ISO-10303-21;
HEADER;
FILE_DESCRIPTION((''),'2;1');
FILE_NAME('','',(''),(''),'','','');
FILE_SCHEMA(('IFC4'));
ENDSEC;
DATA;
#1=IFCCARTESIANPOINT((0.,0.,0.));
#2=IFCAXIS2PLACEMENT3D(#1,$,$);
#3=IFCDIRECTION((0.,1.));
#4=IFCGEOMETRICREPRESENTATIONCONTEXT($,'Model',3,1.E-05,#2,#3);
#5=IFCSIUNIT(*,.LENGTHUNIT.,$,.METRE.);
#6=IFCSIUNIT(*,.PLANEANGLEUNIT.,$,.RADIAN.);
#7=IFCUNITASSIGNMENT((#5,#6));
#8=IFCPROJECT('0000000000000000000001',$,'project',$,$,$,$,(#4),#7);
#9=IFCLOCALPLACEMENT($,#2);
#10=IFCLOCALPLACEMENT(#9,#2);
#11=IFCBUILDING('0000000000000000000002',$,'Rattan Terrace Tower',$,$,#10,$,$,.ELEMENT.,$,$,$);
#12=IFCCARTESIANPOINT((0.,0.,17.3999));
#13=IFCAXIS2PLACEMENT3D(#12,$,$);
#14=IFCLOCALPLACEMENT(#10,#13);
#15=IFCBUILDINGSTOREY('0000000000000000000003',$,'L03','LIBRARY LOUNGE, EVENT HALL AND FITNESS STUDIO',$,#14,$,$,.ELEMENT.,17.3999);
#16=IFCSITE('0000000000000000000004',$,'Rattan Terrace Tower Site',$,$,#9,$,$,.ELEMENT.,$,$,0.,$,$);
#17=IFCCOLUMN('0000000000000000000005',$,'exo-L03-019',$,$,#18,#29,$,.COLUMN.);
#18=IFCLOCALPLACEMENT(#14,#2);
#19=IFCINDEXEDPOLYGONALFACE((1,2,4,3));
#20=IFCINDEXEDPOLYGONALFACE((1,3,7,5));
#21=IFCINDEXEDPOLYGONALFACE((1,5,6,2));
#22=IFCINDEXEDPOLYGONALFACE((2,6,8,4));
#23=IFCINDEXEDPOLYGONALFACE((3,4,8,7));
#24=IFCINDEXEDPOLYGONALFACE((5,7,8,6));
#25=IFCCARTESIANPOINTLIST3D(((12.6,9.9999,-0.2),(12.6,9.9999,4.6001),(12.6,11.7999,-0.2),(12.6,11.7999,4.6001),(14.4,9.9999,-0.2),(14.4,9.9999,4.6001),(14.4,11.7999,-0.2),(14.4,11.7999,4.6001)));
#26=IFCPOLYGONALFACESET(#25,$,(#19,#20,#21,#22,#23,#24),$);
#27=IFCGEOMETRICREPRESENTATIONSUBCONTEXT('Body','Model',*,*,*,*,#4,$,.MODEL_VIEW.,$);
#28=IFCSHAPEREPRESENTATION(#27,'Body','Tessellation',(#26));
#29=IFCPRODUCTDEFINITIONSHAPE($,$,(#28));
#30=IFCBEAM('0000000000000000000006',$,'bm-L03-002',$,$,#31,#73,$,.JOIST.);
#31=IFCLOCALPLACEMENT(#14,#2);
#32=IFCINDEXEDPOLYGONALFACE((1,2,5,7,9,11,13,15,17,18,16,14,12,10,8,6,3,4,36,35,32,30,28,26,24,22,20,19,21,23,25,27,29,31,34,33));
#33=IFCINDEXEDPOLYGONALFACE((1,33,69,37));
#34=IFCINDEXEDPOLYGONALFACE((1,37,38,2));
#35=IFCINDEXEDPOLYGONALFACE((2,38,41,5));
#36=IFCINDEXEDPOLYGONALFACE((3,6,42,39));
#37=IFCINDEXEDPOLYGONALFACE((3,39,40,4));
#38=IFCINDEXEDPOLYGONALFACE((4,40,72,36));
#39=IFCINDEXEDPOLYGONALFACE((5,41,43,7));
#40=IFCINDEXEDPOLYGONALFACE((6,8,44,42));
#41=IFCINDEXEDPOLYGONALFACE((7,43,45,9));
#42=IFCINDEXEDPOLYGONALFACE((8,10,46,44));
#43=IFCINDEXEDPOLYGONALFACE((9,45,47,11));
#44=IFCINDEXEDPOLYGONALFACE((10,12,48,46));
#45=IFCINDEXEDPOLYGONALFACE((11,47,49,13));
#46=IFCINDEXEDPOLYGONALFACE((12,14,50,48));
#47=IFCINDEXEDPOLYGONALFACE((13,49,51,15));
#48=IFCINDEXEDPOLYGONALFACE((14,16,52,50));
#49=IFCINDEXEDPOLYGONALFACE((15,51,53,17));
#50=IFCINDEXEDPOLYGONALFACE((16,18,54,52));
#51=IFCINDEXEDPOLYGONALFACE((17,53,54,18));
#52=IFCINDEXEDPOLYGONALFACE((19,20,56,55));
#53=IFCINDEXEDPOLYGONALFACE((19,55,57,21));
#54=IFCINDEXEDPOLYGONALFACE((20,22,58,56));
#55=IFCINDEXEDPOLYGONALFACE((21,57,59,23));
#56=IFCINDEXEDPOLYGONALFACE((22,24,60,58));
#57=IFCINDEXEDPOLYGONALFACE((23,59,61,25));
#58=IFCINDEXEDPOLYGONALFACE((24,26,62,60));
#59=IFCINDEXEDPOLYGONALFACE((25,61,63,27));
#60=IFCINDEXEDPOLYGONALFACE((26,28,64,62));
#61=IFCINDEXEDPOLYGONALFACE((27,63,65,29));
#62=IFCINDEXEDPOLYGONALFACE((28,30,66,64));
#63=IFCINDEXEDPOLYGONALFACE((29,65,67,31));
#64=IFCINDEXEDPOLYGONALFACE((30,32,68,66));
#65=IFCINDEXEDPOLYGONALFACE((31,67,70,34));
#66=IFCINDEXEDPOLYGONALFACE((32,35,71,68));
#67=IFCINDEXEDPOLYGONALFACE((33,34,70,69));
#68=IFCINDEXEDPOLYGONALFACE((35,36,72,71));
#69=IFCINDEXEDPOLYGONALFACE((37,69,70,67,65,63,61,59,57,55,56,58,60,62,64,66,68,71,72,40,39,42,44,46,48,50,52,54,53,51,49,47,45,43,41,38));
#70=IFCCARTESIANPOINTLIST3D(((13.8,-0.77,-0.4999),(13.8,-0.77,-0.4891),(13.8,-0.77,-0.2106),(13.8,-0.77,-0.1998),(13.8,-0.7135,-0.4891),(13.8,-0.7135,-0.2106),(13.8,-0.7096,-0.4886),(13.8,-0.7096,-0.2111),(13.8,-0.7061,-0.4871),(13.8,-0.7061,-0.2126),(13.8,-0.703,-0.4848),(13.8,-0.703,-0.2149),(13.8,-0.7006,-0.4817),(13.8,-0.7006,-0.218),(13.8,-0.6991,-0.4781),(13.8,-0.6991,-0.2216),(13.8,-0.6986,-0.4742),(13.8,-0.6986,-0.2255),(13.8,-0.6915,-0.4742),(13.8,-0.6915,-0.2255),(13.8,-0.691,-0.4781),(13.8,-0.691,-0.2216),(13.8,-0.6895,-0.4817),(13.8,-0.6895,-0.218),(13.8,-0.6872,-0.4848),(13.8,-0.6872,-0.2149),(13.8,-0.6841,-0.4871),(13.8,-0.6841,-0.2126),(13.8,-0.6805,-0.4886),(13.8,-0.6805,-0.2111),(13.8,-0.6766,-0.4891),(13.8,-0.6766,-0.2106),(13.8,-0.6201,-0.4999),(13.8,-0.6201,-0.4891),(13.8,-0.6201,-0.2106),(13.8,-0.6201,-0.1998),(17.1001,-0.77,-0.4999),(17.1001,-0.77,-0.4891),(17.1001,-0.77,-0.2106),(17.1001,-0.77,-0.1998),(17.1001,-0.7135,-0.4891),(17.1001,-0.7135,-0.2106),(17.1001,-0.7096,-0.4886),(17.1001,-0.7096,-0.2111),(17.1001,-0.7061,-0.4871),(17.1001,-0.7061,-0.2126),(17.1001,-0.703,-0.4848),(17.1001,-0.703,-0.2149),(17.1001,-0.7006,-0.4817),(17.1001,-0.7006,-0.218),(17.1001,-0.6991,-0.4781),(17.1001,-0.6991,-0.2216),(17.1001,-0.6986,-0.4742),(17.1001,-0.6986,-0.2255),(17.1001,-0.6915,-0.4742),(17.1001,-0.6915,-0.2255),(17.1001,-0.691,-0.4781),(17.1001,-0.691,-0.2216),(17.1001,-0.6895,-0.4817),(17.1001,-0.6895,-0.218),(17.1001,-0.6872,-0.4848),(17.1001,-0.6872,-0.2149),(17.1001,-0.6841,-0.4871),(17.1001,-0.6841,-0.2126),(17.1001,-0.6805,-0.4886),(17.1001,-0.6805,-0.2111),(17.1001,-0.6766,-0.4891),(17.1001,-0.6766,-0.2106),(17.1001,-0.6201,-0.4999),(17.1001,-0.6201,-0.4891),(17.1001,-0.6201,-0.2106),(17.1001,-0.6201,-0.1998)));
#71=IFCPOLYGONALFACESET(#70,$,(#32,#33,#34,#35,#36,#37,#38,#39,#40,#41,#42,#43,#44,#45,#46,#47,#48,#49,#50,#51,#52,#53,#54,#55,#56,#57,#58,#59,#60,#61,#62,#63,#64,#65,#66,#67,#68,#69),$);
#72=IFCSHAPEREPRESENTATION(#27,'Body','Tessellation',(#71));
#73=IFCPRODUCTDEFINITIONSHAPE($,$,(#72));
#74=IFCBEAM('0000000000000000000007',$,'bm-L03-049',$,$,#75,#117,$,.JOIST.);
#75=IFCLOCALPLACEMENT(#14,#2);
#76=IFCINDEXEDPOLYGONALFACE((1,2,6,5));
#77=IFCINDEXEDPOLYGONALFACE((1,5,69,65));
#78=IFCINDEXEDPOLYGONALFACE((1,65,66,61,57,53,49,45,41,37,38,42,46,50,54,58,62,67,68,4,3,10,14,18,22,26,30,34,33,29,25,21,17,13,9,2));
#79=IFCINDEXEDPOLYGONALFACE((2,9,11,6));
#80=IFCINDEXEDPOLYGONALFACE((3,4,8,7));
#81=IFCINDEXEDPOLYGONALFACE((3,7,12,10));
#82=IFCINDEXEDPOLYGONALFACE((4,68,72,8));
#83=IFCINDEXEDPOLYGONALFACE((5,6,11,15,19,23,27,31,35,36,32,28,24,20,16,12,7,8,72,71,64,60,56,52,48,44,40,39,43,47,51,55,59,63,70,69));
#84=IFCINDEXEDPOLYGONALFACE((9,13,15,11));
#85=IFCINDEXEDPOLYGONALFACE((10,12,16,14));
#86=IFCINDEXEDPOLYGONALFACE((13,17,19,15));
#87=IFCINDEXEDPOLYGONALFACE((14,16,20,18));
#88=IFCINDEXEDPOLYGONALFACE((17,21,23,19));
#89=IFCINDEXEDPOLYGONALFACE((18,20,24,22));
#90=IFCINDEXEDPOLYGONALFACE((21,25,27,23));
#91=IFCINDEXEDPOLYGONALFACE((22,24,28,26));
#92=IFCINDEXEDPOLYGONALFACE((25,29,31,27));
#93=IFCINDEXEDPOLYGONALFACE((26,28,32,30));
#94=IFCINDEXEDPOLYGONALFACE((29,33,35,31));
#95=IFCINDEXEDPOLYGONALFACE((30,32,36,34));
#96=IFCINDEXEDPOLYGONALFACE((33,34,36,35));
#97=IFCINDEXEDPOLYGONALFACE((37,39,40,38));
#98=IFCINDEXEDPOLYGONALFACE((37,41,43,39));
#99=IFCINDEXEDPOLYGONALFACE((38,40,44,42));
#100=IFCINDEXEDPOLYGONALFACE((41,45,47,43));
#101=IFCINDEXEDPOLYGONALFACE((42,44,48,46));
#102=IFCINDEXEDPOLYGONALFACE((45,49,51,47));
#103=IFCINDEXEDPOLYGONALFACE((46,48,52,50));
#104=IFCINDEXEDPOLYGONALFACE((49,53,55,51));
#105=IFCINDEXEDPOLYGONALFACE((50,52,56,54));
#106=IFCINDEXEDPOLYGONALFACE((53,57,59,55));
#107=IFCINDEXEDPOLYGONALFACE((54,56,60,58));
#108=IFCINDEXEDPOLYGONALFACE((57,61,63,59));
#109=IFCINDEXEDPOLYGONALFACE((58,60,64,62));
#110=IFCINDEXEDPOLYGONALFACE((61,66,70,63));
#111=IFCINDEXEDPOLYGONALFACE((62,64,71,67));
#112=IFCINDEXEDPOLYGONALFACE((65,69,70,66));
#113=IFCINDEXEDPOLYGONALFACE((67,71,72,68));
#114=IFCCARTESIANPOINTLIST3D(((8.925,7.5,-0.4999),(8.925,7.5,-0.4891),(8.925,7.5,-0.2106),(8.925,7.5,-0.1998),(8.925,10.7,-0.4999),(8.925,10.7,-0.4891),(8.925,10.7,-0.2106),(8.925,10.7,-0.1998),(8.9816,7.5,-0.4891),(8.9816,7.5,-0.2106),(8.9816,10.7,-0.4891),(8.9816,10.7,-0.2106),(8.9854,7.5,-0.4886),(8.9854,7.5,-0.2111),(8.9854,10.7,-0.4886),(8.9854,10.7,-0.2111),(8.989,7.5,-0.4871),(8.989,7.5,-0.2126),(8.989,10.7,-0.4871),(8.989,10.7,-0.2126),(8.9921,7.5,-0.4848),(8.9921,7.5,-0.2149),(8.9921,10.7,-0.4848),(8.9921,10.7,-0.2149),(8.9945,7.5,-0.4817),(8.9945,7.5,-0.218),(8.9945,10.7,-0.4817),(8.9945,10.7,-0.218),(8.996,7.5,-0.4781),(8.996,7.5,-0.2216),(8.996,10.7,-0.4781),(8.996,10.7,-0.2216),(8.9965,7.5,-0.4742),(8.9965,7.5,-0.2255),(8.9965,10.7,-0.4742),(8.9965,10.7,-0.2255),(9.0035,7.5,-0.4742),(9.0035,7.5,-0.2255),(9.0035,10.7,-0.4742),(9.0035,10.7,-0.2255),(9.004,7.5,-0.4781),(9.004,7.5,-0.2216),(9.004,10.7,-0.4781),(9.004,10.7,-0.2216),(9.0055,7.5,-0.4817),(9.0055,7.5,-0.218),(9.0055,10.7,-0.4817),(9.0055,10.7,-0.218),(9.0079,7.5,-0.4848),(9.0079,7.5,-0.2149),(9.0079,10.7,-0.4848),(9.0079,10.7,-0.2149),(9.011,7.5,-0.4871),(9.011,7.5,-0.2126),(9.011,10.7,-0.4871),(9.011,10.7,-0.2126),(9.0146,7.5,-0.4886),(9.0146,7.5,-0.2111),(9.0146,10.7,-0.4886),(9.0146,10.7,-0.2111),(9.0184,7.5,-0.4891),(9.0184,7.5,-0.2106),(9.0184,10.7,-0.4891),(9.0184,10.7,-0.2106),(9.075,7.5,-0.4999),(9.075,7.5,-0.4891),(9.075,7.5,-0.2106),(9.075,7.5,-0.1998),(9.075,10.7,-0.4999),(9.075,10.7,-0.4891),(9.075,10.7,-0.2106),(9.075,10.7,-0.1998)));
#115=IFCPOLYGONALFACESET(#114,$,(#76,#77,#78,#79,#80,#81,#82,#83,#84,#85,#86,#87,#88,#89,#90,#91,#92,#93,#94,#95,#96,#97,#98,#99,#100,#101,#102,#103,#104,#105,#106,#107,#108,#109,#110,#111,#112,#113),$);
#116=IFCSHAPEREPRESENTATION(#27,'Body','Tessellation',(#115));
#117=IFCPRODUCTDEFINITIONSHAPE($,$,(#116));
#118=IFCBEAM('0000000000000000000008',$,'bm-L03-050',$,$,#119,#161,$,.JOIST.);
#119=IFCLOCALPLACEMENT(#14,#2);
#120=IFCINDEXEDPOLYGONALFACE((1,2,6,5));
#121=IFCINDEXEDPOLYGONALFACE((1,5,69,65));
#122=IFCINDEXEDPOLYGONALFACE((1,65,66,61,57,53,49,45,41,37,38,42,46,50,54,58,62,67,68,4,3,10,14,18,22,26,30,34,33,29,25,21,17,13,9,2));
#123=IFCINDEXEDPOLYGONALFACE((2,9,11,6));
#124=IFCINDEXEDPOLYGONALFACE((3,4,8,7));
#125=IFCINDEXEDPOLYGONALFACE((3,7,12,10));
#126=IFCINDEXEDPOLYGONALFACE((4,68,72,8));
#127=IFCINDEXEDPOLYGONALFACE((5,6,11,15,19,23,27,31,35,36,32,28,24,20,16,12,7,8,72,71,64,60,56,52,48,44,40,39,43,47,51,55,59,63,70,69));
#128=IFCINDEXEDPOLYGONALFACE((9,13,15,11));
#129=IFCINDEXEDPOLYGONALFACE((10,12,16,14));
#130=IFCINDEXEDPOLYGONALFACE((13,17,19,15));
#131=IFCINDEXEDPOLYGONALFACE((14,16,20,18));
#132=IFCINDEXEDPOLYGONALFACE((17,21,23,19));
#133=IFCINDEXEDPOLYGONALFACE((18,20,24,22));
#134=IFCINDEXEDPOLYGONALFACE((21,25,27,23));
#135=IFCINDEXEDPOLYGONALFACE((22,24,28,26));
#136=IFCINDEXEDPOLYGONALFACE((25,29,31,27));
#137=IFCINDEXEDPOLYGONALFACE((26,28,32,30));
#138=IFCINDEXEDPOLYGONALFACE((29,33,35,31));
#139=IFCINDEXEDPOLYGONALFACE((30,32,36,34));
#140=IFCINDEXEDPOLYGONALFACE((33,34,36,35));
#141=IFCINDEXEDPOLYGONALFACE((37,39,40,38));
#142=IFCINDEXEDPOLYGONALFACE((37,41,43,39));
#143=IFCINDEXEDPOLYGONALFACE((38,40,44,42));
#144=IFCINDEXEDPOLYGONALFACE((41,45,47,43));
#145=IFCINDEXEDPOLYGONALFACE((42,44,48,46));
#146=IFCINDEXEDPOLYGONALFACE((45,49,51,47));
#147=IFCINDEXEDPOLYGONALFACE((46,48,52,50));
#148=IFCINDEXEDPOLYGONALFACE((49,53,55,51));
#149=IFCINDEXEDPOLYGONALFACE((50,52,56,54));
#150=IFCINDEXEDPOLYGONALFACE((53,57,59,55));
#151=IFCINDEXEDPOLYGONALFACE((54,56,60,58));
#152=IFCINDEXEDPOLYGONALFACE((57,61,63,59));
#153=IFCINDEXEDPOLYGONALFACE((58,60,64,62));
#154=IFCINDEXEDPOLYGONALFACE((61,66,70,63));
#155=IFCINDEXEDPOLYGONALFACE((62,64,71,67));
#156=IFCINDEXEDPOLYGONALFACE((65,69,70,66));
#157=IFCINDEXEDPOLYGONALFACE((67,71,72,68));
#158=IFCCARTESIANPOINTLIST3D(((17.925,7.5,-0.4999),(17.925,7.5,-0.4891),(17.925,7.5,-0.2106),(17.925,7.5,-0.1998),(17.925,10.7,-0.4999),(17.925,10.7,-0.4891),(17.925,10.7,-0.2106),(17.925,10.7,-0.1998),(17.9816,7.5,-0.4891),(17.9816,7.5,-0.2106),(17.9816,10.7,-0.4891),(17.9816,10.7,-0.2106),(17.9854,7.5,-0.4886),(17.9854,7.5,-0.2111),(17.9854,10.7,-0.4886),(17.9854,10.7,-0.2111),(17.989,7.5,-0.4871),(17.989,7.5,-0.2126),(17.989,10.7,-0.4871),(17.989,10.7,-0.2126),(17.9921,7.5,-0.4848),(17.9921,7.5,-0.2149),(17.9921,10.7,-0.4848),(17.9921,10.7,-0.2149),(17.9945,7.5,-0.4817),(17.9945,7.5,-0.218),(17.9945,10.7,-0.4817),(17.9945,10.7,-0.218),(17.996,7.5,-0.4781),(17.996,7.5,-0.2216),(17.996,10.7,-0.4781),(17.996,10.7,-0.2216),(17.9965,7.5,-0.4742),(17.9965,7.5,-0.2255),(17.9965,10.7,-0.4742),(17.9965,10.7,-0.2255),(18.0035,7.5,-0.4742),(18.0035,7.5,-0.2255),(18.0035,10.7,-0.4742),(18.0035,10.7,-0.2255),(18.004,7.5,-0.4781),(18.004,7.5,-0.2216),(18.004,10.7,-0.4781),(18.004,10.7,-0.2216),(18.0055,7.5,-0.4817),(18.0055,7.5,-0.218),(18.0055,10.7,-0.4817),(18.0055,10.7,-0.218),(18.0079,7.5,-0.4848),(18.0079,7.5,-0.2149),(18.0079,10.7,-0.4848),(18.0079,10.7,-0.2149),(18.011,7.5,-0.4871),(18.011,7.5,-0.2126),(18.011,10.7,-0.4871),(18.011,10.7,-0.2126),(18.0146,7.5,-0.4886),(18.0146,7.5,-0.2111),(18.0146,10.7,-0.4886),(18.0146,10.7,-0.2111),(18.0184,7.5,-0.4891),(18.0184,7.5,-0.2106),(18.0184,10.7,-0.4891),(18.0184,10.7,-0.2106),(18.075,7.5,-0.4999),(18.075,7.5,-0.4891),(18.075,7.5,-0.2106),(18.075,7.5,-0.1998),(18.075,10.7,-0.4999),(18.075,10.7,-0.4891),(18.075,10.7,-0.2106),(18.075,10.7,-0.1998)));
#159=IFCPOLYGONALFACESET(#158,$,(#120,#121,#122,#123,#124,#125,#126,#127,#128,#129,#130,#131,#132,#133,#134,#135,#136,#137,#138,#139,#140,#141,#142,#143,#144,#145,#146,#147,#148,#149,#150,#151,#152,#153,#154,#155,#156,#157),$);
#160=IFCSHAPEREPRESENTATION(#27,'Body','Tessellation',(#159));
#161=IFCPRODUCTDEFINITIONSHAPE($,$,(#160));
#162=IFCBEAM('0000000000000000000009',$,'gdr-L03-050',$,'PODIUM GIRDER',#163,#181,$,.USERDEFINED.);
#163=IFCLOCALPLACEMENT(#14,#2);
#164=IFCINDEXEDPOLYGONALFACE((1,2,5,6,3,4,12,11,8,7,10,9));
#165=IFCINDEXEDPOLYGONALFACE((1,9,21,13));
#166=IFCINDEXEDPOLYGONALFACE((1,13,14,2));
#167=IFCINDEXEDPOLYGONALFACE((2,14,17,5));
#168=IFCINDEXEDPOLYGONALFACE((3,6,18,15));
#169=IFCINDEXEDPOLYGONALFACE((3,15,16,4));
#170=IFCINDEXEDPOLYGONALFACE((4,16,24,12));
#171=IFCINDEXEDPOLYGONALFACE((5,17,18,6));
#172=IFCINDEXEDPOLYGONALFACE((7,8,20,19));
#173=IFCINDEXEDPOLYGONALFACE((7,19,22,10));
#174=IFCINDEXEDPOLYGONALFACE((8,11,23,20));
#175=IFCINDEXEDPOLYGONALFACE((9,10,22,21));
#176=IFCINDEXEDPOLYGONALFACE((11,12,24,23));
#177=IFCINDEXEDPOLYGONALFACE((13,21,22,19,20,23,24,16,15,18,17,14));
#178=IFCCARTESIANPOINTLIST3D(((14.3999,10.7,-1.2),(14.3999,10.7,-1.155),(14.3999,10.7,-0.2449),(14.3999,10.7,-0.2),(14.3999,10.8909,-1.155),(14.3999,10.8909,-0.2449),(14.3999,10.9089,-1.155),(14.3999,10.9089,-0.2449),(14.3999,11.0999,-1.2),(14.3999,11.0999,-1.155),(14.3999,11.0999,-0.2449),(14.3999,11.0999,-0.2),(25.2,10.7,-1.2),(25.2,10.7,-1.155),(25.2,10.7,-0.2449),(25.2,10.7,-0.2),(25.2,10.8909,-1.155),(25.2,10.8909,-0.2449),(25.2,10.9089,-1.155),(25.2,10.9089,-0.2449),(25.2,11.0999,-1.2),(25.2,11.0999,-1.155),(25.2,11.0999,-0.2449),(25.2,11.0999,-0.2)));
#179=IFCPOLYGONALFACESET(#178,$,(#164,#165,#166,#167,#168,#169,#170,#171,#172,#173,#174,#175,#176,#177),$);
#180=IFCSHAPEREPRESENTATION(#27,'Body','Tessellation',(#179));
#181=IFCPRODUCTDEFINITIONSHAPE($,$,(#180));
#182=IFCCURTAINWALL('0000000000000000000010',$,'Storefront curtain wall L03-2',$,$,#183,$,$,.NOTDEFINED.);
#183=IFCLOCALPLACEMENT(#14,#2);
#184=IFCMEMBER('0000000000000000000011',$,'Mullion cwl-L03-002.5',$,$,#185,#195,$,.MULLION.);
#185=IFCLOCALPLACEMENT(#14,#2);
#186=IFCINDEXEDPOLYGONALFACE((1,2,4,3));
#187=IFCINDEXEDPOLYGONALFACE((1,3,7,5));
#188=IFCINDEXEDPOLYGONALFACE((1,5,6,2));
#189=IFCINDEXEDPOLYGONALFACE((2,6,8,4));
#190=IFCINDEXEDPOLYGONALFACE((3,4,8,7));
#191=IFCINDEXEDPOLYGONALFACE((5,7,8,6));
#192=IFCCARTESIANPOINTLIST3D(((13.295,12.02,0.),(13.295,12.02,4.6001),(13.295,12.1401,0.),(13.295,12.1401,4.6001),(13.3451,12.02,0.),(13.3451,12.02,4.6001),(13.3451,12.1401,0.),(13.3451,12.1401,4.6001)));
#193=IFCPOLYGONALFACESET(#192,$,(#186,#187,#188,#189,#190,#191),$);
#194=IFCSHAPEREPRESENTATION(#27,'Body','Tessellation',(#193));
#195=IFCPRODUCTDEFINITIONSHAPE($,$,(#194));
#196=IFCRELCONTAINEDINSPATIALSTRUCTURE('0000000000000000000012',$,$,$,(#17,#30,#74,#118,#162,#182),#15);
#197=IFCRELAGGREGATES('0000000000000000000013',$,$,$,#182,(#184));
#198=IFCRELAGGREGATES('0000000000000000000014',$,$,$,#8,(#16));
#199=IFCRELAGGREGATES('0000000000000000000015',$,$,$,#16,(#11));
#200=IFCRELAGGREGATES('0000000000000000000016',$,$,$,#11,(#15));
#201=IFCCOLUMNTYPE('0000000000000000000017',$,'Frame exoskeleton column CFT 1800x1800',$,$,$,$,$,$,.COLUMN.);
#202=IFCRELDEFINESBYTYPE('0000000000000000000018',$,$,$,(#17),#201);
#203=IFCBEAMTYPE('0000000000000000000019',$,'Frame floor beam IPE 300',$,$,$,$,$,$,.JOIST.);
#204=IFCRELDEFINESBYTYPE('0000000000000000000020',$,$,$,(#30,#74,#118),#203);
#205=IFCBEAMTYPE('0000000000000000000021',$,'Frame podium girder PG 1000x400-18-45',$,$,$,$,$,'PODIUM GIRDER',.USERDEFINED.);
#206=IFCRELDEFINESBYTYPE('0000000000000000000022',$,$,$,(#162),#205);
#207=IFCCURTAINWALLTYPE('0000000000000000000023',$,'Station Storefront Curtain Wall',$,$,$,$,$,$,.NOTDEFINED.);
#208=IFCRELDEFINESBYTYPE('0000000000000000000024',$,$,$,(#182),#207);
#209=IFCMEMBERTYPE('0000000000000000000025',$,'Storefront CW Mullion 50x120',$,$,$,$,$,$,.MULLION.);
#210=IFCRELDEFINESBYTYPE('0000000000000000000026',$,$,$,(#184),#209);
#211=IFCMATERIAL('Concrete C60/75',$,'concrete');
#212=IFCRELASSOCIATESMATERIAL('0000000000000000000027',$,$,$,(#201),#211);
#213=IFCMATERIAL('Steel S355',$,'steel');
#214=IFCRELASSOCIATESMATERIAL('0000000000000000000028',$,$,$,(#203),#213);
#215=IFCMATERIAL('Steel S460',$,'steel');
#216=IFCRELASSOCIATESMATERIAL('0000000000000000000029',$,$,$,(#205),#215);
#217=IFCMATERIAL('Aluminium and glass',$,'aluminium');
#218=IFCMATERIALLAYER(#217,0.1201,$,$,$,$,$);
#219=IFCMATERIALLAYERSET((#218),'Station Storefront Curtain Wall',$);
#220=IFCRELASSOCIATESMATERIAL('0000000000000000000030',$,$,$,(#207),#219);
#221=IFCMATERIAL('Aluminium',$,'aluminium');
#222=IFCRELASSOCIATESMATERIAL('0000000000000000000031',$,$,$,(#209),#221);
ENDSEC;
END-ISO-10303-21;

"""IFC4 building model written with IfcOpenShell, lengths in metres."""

from ifc_helpers import new_model, si_unit, direction, frame, origin, origin_2d, place, context, subcontext, project, spatial, rectangle, i_section, extrude, material, layer, layer_set, material_profile, profile_set, type_object, element, aggregate, save


model = new_model("IFC4")

# Units and contexts
model_context = context("Model", 3, precision=1e-05, world=origin(), true_north=direction((0.0, 1.0)))
body_context = subcontext(model_context, "Body", "Model", "MODEL_VIEW")
ifc_project = project(units=[si_unit("LENGTHUNIT", "METRE"), si_unit("PLANEANGLEUNIT", "RADIAN")], contexts=[model_context])

# Site, building, storey
site_placement = place(None, origin())
site = spatial("IfcSite", under=ifc_project, at=site_placement, Name="Rattan Terrace Tower Site", CompositionType="ELEMENT", RefElevation=0.0)
building_placement = place(site_placement, origin())
building = spatial("IfcBuilding", under=site, at=building_placement, Name="Rattan Terrace Tower", CompositionType="ELEMENT")
storey_placement = place(building_placement, frame((0.0, 0.0, 17.3999)))
storey = spatial("IfcBuildingStorey", under=building, at=storey_placement, Name="L03", Description="LIBRARY LOUNGE, EVENT HALL AND FITNESS STUDIO", CompositionType="ELEMENT", Elevation=17.3999)

# Column
ifc_material_1 = material(Name="Concrete C60/75", Category="concrete")
ifc_material_profile_1 = material_profile(ifc_material_1, rectangle(XDim=1.8, YDim=1.8, at=origin_2d()), Name="CFT 1800x1800")
ifc_profile_set_1 = profile_set([ifc_material_profile_1], Name="Concrete C60/75")
column_type = type_object("IfcColumnType", Name="Frame exoskeleton column CFT 1800x1800", PredefinedType="COLUMN", material=ifc_profile_set_1)
column_placement = place(storey_placement, frame((13.5, 10.8999, -0.2), z_axis=(0.0, 0.0, 1.0), x_axis=(1.0, 0.0, 0.0)))
element("IfcColumn", 1, at=column_placement, inside=storey, type_object=column_type, Name="exo-L03-019", PredefinedType="COLUMN", context=body_context, shape_type="SweptSolid", body=[
    extrude(rectangle(XDim=1.8, YDim=1.8, at=origin_2d()), origin(), (0.0, 0.0, 1.0), 4.8),
])

# Beams
ifc_material_2 = material(Name="Steel S355", Category="steel")
ifc_material_profile_2 = material_profile(ifc_material_2, i_section(OverallWidth=0.1499, OverallDepth=0.3, WebThickness=0.0071, FlangeThickness=0.0107, FilletRadius=0.0149, at=origin_2d()), Name="IPE 300")
ifc_profile_set_2 = profile_set([ifc_material_profile_2], Name="Steel S355")
beam_type_1 = type_object("IfcBeamType", Name="Frame floor beam IPE 300", PredefinedType="JOIST", material=ifc_profile_set_2)
beam_1_placement = place(storey_placement, frame((13.8, -0.6951, -0.3499), z_axis=(1.0, 0.0, 0.0), x_axis=(0.0, 1.0, 0.0)))
element("IfcBeam", 2, at=beam_1_placement, inside=storey, type_object=beam_type_1, Name="bm-L03-002", PredefinedType="JOIST", context=body_context, shape_type="SweptSolid", body=[
    extrude(i_section(OverallWidth=0.1499, OverallDepth=0.3, WebThickness=0.0071, FlangeThickness=0.0107, FilletRadius=0.0149, at=origin_2d()), origin(), (0.0, 0.0, 1.0), 3.3),
])
for number, where, z_axis, x_axis, name in (
    (3, (9.0, 7.5, -0.3499), (0.0, 1.0, 0.0), (-1.0, 0.0, 0.0), "bm-L03-049"),
    (4, (18.0, 7.5, -0.3499), (0.0, 1.0, 0.0), (-1.0, 0.0, 0.0), "bm-L03-050"),
):
    element("IfcBeam", number, at=place(storey_placement, frame(where, z_axis=z_axis, x_axis=x_axis)), inside=storey, type_object=beam_type_1, Name=name, PredefinedType="JOIST", context=body_context, shape_type="SweptSolid", body=[
        extrude(i_section(OverallWidth=0.1499, OverallDepth=0.3, WebThickness=0.0071, FlangeThickness=0.0107, FilletRadius=0.0149, at=origin_2d()), origin(), (0.0, 0.0, 1.0), 3.2),
    ])
ifc_material_3 = material(Name="Steel S460", Category="steel")
ifc_material_profile_3 = material_profile(ifc_material_3, i_section(OverallWidth=0.3999, OverallDepth=1.0, WebThickness=0.0181, FlangeThickness=0.0449, at=origin_2d()), Name="PG 1000x400-18-45")
ifc_profile_set_3 = profile_set([ifc_material_profile_3], Name="Steel S460")
beam_type_2 = type_object("IfcBeamType", Name="Frame podium girder PG 1000x400-18-45", ElementType="PODIUM GIRDER", PredefinedType="USERDEFINED", material=ifc_profile_set_3)
beam_2_placement = place(storey_placement, frame((14.3999, 10.8999, -0.7), z_axis=(1.0, 0.0, 0.0), x_axis=(0.0, 1.0, 0.0)))
element("IfcBeam", 5, at=beam_2_placement, inside=storey, type_object=beam_type_2, Name="gdr-L03-050", ObjectType="PODIUM GIRDER", PredefinedType="USERDEFINED", context=body_context, shape_type="SweptSolid", body=[
    extrude(i_section(OverallWidth=0.3999, OverallDepth=1.0, WebThickness=0.0181, FlangeThickness=0.0449, at=origin_2d()), origin(), (0.0, 0.0, 1.0), 10.8),
])

# Curtain wall, member
ifc_material_4 = material(Name="Aluminium and glass", Category="aluminium")
ifc_layer_1 = layer(ifc_material_4, 0.1201)
ifc_layer_set_1 = layer_set([ifc_layer_1], Name="Station Storefront Curtain Wall")
curtain_wall_type = type_object("IfcCurtainWallType", Name="Station Storefront Curtain Wall", PredefinedType="NOTDEFINED", material=ifc_layer_set_1)
curtain_wall_placement = place(storey_placement, origin())
curtain_wall = element("IfcCurtainWall", 6, at=curtain_wall_placement, inside=storey, type_object=curtain_wall_type, Name="Storefront curtain wall L03-2", PredefinedType="NOTDEFINED")
ifc_material_5 = material(Name="Aluminium", Category="aluminium")
ifc_material_profile_4 = material_profile(ifc_material_5, rectangle(XDim=0.05, YDim=0.1201, at=origin_2d()), Name="Aluminium 50x120")
ifc_profile_set_4 = profile_set([ifc_material_profile_4], Name="Aluminium")
member_type_1 = type_object("IfcMemberType", Name="Storefront CW Mullion 50x120", PredefinedType="MULLION", material=ifc_profile_set_4)
member_1_placement = place(storey_placement, frame((13.3201, 12.0801, 0.0), z_axis=(0.0, 0.0, 1.0), x_axis=(-1.0, 0.0, 0.0)))
member_1 = element("IfcMember", 7, at=member_1_placement, type_object=member_type_1, Name="Mullion cwl-L03-002.5", PredefinedType="MULLION", context=body_context, shape_type="SweptSolid", body=[
    extrude(rectangle(XDim=0.05, YDim=0.1201, at=origin_2d()), origin(), (0.0, 0.0, 1.0), 4.6001),
])
aggregate(curtain_wall, [member_1])

save(model, "model.ifc")
